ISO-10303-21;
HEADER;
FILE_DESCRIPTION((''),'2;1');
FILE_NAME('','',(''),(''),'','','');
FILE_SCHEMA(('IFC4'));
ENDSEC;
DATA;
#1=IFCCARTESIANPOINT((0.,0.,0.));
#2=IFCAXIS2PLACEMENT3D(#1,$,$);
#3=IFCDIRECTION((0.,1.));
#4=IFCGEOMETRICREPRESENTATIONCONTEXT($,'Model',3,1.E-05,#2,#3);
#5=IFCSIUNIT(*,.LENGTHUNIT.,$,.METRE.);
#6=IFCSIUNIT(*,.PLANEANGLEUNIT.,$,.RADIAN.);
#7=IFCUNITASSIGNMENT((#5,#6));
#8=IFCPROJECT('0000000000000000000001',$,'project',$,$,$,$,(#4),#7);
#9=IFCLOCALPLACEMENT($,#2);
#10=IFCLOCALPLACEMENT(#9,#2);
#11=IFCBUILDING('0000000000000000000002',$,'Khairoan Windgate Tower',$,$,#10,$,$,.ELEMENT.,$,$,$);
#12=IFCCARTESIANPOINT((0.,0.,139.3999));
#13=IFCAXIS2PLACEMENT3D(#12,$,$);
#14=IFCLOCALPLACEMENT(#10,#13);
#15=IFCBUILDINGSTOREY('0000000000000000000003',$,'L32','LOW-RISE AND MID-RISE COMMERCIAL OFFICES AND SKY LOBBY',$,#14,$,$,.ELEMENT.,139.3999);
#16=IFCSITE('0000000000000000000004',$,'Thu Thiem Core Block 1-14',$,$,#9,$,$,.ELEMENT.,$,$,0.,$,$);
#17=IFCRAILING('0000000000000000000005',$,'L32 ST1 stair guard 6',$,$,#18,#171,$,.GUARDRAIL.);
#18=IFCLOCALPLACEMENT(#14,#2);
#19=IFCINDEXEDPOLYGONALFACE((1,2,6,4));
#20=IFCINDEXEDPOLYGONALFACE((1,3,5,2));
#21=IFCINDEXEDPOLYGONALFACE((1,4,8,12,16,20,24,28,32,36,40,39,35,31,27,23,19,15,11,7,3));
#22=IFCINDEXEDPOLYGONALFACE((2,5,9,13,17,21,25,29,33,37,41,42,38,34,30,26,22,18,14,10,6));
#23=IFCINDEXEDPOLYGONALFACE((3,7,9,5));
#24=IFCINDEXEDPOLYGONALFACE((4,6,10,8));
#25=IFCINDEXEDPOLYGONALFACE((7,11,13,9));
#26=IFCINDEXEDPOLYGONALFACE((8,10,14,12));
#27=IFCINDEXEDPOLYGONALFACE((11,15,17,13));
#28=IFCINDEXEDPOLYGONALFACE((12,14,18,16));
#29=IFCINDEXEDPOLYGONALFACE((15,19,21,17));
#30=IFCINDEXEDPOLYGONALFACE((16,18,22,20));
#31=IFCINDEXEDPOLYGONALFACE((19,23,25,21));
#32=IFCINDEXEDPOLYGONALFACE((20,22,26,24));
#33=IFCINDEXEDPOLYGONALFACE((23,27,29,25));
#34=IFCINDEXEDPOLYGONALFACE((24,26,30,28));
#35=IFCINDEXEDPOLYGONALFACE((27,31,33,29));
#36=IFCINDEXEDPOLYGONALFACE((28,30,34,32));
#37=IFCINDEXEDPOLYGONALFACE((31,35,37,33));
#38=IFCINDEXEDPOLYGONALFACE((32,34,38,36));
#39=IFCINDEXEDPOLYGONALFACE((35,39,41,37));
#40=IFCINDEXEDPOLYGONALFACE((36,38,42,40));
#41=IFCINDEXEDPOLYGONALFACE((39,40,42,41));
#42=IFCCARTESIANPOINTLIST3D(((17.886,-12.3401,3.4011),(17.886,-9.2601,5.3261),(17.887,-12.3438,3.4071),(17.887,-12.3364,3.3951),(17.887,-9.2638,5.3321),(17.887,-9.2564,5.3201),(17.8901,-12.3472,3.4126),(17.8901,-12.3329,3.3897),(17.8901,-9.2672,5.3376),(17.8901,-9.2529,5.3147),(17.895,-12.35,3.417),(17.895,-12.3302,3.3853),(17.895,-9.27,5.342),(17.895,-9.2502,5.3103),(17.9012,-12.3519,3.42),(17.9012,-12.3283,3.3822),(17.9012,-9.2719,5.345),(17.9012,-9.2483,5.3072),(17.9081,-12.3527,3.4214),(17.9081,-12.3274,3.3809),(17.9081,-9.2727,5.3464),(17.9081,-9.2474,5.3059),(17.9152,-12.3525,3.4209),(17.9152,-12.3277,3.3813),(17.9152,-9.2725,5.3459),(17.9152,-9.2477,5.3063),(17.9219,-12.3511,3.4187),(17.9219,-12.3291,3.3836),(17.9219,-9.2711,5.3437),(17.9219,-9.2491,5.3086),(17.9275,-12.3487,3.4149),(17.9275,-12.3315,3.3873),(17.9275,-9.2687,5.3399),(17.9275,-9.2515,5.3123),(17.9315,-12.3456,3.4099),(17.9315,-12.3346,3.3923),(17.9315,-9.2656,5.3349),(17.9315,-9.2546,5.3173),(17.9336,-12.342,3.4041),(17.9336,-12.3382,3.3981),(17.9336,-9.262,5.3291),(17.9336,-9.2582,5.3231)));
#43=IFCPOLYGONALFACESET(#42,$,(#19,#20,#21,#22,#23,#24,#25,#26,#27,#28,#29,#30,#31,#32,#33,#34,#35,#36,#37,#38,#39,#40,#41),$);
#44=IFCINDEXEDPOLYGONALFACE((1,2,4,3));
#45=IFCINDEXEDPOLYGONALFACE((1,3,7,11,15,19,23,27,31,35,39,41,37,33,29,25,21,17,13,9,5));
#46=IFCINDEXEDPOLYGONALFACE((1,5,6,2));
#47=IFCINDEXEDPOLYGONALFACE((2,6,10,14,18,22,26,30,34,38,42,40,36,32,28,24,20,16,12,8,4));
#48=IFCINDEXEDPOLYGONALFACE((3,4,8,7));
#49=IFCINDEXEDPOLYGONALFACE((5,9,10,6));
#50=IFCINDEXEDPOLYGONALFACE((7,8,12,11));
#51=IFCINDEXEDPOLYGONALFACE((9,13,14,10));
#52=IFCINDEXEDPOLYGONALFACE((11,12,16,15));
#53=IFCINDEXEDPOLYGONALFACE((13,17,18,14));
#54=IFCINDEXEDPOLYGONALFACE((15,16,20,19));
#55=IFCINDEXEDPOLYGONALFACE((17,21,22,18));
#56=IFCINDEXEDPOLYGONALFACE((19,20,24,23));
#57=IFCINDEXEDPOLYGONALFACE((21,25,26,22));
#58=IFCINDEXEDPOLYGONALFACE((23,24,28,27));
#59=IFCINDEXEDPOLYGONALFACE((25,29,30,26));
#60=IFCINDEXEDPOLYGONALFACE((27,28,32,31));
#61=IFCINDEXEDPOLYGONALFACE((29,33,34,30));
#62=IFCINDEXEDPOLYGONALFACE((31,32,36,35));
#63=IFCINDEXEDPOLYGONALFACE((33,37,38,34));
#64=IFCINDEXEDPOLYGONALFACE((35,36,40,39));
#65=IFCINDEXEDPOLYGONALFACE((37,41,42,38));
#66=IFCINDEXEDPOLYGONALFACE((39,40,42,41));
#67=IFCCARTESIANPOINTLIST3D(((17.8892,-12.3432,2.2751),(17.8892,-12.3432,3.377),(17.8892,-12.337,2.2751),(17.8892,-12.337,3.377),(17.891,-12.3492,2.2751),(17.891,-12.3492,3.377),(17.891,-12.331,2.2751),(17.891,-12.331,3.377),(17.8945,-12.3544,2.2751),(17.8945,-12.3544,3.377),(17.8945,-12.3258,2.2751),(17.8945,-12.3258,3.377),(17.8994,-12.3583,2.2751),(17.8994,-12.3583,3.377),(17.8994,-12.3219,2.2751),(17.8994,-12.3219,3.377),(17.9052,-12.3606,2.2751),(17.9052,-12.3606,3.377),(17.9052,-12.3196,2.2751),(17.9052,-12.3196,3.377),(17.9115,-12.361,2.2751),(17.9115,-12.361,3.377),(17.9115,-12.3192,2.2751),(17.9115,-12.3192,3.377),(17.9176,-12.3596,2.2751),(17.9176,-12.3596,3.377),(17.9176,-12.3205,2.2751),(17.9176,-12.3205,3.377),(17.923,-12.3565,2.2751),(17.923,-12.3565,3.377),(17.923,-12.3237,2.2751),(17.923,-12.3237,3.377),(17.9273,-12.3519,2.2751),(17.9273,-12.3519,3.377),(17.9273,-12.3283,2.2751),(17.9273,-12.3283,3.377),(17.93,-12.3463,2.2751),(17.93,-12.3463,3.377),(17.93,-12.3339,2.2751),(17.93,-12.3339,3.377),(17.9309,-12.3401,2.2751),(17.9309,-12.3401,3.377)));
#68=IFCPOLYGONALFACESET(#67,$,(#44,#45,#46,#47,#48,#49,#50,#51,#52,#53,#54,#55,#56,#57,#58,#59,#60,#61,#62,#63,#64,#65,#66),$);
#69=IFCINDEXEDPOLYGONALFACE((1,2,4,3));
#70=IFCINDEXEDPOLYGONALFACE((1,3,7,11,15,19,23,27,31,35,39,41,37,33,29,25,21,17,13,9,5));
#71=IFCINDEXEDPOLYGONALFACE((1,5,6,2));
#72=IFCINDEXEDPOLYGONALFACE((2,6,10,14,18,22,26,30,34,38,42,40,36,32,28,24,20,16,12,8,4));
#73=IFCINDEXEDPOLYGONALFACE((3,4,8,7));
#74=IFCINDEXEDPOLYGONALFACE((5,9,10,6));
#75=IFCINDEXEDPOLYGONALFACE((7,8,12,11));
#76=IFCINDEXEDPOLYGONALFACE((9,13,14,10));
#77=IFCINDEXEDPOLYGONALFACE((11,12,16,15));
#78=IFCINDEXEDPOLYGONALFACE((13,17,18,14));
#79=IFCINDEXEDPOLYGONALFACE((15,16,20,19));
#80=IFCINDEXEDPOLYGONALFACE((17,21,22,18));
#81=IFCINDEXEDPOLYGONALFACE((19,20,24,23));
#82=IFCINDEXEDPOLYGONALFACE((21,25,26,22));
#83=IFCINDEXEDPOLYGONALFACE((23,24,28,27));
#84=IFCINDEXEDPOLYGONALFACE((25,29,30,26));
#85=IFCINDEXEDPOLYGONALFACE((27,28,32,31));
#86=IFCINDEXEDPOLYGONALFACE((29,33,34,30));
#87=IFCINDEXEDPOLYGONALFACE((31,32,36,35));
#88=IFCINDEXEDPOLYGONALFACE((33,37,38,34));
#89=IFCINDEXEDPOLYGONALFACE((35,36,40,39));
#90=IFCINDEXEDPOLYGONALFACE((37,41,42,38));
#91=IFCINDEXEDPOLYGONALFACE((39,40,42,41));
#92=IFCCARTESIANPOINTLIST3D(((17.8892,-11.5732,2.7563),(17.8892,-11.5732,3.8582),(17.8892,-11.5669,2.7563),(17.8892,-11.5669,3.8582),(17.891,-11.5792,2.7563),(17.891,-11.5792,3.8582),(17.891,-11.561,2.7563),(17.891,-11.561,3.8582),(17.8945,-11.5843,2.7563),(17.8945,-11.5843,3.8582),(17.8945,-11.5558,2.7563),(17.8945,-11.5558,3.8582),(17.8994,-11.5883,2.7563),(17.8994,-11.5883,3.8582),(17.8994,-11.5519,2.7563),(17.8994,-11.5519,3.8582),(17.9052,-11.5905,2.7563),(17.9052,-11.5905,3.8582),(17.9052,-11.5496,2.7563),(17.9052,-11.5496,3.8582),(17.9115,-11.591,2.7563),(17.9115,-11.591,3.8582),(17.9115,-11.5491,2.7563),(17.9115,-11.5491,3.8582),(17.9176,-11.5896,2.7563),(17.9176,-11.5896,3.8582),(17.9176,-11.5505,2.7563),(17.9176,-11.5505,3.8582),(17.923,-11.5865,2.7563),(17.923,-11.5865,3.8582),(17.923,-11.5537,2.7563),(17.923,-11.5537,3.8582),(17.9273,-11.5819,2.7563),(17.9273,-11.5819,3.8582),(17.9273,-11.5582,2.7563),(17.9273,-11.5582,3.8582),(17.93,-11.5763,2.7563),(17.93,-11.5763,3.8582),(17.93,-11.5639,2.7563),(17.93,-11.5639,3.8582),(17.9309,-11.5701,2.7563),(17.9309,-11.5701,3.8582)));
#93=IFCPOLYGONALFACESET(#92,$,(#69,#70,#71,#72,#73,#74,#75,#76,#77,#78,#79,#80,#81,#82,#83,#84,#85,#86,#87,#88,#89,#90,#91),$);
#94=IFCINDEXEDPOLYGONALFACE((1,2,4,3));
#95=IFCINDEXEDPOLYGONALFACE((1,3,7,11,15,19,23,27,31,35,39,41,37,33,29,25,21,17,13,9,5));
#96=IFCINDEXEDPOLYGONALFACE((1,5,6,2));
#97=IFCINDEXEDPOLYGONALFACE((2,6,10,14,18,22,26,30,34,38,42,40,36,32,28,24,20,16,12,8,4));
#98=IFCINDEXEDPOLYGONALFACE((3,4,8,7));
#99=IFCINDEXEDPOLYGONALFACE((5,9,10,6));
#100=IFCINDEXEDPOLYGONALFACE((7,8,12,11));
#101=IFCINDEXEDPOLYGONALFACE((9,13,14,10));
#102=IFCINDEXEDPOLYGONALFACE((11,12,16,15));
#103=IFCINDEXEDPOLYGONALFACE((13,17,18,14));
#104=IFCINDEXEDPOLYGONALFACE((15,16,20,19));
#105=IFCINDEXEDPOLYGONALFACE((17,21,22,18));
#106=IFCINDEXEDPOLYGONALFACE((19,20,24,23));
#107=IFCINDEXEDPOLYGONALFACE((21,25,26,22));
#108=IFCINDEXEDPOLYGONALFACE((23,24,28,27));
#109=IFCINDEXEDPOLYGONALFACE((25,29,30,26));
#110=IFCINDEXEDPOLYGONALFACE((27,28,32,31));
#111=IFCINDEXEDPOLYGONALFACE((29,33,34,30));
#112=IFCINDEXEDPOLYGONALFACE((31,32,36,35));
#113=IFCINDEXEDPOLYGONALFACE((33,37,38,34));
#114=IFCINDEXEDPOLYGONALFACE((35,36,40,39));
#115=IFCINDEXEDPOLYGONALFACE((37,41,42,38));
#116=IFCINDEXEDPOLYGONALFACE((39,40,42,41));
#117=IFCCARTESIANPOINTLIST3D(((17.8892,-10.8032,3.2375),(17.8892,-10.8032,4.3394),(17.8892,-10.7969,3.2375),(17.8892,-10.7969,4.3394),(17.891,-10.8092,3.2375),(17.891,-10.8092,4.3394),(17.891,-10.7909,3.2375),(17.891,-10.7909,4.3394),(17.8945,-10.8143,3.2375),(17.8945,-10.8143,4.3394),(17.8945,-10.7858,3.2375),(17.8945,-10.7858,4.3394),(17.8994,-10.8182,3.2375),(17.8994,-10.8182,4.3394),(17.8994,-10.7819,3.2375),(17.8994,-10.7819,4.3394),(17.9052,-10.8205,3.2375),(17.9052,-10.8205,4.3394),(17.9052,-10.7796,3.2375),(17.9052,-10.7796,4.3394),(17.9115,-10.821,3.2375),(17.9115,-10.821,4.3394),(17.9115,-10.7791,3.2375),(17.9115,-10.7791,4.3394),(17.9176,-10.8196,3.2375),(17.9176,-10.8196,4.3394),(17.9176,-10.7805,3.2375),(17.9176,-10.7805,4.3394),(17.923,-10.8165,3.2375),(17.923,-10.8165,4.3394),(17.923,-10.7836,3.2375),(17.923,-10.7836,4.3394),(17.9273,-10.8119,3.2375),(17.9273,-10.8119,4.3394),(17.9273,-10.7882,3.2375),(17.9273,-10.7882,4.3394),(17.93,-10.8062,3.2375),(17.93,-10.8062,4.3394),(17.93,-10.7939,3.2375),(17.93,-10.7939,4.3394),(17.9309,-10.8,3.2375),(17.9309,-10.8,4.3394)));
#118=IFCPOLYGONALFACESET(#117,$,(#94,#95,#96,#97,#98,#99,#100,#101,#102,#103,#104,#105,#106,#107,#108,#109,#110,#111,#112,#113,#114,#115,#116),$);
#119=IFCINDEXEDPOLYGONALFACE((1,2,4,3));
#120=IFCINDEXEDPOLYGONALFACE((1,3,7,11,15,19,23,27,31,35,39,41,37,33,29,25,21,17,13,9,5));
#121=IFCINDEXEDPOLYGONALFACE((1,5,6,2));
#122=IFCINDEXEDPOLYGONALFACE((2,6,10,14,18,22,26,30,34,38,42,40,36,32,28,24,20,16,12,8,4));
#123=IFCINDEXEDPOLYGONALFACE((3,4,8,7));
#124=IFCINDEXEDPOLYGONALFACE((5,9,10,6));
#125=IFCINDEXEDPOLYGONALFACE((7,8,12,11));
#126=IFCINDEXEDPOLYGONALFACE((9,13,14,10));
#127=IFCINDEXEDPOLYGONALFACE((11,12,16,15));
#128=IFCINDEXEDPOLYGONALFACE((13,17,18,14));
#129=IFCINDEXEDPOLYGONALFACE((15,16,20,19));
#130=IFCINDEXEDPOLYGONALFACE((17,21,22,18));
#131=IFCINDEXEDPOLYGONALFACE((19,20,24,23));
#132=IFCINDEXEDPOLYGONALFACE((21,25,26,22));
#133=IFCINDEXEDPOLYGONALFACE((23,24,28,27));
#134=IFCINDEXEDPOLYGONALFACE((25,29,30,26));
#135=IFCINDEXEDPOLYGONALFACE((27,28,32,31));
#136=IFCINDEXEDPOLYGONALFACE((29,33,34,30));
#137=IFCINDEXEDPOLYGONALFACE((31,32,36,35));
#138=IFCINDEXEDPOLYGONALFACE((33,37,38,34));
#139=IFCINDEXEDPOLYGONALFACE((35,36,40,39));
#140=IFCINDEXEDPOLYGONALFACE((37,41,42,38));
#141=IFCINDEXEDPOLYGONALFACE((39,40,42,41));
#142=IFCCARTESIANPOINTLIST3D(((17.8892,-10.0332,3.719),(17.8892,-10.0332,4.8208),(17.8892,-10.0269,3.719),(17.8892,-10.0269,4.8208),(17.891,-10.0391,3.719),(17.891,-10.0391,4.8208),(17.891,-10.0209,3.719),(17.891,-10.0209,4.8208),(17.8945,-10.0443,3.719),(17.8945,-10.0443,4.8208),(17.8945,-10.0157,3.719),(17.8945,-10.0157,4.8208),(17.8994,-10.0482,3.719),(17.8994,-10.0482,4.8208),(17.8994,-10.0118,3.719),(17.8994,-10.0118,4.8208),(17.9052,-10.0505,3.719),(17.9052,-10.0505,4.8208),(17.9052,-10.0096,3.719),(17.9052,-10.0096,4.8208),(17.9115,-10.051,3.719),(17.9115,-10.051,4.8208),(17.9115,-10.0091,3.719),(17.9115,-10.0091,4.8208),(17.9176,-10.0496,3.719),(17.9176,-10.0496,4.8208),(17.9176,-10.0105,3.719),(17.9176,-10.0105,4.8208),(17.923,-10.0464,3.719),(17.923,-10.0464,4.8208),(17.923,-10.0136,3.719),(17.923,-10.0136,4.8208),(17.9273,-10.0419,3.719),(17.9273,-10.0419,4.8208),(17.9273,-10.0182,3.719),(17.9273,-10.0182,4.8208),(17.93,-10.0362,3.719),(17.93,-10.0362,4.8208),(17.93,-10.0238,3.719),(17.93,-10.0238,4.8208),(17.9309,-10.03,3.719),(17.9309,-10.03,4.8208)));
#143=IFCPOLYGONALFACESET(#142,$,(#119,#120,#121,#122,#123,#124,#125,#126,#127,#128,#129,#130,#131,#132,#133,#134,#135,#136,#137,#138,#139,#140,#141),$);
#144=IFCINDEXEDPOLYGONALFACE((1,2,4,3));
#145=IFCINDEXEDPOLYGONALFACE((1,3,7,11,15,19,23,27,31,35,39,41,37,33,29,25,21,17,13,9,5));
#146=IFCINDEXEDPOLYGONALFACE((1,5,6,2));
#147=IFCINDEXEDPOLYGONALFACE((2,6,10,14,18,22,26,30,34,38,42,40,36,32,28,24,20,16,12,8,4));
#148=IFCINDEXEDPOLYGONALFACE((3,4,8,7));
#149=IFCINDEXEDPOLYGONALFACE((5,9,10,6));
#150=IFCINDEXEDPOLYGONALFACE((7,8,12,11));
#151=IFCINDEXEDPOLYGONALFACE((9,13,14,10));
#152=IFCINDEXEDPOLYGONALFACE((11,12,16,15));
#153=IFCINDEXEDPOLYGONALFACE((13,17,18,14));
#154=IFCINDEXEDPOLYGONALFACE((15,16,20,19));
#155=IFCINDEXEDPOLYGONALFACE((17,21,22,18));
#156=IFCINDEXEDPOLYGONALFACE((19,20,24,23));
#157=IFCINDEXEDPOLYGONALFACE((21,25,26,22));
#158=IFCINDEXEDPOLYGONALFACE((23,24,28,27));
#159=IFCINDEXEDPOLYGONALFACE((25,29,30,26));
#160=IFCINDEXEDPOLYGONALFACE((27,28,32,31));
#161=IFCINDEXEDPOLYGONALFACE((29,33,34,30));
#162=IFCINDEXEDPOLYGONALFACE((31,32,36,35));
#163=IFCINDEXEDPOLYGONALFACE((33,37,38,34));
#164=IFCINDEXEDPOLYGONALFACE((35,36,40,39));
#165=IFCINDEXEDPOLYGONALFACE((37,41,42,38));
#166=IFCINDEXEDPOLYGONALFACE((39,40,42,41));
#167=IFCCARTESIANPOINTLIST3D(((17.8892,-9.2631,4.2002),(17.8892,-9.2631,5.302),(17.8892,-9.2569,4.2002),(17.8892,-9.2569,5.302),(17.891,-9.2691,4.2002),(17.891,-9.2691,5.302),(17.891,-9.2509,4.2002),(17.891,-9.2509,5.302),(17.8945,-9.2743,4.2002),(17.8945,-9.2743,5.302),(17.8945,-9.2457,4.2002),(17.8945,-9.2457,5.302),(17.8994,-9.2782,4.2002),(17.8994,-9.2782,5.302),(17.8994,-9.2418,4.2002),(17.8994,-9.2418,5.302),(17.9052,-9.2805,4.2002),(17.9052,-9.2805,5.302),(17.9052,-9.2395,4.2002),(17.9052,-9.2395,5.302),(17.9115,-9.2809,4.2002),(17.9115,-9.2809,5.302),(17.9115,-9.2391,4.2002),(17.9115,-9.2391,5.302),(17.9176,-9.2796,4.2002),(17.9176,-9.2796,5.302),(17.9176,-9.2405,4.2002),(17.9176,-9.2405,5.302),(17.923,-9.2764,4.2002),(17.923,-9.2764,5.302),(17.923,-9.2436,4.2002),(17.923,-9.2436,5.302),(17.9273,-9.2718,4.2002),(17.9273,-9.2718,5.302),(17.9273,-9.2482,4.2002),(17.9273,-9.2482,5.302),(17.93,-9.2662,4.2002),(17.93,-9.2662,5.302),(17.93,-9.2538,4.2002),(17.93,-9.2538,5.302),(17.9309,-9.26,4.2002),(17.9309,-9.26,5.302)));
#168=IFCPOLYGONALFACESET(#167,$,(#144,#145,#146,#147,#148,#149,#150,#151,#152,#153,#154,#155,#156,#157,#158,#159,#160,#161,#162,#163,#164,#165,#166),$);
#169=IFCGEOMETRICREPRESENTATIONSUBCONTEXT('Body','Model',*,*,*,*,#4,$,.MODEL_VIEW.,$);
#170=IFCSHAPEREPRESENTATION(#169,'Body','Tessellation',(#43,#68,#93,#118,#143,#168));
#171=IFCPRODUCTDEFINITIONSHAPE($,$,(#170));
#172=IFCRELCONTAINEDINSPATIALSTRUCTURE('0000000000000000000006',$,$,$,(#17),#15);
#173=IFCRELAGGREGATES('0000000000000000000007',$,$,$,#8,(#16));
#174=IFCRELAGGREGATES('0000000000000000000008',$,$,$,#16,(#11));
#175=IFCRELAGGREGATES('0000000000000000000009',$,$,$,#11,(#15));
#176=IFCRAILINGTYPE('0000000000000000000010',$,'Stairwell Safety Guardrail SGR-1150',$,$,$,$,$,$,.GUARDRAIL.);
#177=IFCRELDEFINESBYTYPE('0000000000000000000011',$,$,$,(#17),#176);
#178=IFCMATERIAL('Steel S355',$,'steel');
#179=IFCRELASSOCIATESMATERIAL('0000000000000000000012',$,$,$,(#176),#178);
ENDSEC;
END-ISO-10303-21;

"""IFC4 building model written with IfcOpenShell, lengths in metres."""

from ifc_helpers import new_model, si_unit, direction, frame, origin, origin_2d, place, context, subcontext, project, spatial, circle, extrude, material, type_object, element, save


model = new_model("IFC4")

# Units and contexts
model_context = context("Model", 3, precision=1e-05, world=origin(), true_north=direction((0.0, 1.0)))
body_context = subcontext(model_context, "Body", "Model", "MODEL_VIEW")
ifc_project = project(units=[si_unit("LENGTHUNIT", "METRE"), si_unit("PLANEANGLEUNIT", "RADIAN")], contexts=[model_context])

# Site, building, storey
site_placement = place(None, origin())
site = spatial("IfcSite", under=ifc_project, at=site_placement, Name="Thu Thiem Core Block 1-14", CompositionType="ELEMENT", RefElevation=0.0)
building_placement = place(site_placement, origin())
building = spatial("IfcBuilding", under=site, at=building_placement, Name="Khairoan Windgate Tower", CompositionType="ELEMENT")
storey_placement = place(building_placement, frame((0.0, 0.0, 139.3999)))
storey = spatial("IfcBuildingStorey", under=building, at=storey_placement, Name="L32", Description="LOW-RISE AND MID-RISE COMMERCIAL OFFICES AND SKY LOBBY", CompositionType="ELEMENT", Elevation=139.3999)

# Railing
ifc_material_1 = material(Name="Steel S355", Category="steel")
railing_type = type_object("IfcRailingType", Name="Stairwell Safety Guardrail SGR-1150", PredefinedType="GUARDRAIL", material=ifc_material_1)
railing_1_placement = place(storey_placement, frame((17.9099, -12.3401, 2.2751)))
element("IfcRailing", 1, at=railing_1_placement, inside=storey, type_object=railing_type, Name="L32 ST1 stair guard 6", PredefinedType="GUARDRAIL", context=body_context, shape_type="SweptSolid", body=[
    extrude(circle(Radius=0.0239, at=origin_2d()), frame((0.0, 0.0, 1.126), z_axis=(0.0, 0.847998, 0.529999), x_axis=(-1.0, 0.0, 0.0)), (0.0, 0.0, 1.0), 3.6321),
    extrude(circle(Radius=0.021, at=origin_2d()), origin(), (0.0, 0.0, 1.0), 1.1018),
    extrude(circle(Radius=0.021, at=origin_2d()), frame((0.0, 0.77, 0.4812)), (0.0, 0.0, 1.0), 1.1018),
    extrude(circle(Radius=0.021, at=origin_2d()), frame((0.0, 1.54, 0.9624)), (0.0, 0.0, 1.0), 1.1018),
    extrude(circle(Radius=0.021, at=origin_2d()), frame((0.0, 2.3101, 1.4438)), (0.0, 0.0, 1.0), 1.1018),
    extrude(circle(Radius=0.021, at=origin_2d()), frame((0.0, 3.0801, 1.925)), (0.0, 0.0, 1.0), 1.1018),
])

save(model, "model.ifc")
